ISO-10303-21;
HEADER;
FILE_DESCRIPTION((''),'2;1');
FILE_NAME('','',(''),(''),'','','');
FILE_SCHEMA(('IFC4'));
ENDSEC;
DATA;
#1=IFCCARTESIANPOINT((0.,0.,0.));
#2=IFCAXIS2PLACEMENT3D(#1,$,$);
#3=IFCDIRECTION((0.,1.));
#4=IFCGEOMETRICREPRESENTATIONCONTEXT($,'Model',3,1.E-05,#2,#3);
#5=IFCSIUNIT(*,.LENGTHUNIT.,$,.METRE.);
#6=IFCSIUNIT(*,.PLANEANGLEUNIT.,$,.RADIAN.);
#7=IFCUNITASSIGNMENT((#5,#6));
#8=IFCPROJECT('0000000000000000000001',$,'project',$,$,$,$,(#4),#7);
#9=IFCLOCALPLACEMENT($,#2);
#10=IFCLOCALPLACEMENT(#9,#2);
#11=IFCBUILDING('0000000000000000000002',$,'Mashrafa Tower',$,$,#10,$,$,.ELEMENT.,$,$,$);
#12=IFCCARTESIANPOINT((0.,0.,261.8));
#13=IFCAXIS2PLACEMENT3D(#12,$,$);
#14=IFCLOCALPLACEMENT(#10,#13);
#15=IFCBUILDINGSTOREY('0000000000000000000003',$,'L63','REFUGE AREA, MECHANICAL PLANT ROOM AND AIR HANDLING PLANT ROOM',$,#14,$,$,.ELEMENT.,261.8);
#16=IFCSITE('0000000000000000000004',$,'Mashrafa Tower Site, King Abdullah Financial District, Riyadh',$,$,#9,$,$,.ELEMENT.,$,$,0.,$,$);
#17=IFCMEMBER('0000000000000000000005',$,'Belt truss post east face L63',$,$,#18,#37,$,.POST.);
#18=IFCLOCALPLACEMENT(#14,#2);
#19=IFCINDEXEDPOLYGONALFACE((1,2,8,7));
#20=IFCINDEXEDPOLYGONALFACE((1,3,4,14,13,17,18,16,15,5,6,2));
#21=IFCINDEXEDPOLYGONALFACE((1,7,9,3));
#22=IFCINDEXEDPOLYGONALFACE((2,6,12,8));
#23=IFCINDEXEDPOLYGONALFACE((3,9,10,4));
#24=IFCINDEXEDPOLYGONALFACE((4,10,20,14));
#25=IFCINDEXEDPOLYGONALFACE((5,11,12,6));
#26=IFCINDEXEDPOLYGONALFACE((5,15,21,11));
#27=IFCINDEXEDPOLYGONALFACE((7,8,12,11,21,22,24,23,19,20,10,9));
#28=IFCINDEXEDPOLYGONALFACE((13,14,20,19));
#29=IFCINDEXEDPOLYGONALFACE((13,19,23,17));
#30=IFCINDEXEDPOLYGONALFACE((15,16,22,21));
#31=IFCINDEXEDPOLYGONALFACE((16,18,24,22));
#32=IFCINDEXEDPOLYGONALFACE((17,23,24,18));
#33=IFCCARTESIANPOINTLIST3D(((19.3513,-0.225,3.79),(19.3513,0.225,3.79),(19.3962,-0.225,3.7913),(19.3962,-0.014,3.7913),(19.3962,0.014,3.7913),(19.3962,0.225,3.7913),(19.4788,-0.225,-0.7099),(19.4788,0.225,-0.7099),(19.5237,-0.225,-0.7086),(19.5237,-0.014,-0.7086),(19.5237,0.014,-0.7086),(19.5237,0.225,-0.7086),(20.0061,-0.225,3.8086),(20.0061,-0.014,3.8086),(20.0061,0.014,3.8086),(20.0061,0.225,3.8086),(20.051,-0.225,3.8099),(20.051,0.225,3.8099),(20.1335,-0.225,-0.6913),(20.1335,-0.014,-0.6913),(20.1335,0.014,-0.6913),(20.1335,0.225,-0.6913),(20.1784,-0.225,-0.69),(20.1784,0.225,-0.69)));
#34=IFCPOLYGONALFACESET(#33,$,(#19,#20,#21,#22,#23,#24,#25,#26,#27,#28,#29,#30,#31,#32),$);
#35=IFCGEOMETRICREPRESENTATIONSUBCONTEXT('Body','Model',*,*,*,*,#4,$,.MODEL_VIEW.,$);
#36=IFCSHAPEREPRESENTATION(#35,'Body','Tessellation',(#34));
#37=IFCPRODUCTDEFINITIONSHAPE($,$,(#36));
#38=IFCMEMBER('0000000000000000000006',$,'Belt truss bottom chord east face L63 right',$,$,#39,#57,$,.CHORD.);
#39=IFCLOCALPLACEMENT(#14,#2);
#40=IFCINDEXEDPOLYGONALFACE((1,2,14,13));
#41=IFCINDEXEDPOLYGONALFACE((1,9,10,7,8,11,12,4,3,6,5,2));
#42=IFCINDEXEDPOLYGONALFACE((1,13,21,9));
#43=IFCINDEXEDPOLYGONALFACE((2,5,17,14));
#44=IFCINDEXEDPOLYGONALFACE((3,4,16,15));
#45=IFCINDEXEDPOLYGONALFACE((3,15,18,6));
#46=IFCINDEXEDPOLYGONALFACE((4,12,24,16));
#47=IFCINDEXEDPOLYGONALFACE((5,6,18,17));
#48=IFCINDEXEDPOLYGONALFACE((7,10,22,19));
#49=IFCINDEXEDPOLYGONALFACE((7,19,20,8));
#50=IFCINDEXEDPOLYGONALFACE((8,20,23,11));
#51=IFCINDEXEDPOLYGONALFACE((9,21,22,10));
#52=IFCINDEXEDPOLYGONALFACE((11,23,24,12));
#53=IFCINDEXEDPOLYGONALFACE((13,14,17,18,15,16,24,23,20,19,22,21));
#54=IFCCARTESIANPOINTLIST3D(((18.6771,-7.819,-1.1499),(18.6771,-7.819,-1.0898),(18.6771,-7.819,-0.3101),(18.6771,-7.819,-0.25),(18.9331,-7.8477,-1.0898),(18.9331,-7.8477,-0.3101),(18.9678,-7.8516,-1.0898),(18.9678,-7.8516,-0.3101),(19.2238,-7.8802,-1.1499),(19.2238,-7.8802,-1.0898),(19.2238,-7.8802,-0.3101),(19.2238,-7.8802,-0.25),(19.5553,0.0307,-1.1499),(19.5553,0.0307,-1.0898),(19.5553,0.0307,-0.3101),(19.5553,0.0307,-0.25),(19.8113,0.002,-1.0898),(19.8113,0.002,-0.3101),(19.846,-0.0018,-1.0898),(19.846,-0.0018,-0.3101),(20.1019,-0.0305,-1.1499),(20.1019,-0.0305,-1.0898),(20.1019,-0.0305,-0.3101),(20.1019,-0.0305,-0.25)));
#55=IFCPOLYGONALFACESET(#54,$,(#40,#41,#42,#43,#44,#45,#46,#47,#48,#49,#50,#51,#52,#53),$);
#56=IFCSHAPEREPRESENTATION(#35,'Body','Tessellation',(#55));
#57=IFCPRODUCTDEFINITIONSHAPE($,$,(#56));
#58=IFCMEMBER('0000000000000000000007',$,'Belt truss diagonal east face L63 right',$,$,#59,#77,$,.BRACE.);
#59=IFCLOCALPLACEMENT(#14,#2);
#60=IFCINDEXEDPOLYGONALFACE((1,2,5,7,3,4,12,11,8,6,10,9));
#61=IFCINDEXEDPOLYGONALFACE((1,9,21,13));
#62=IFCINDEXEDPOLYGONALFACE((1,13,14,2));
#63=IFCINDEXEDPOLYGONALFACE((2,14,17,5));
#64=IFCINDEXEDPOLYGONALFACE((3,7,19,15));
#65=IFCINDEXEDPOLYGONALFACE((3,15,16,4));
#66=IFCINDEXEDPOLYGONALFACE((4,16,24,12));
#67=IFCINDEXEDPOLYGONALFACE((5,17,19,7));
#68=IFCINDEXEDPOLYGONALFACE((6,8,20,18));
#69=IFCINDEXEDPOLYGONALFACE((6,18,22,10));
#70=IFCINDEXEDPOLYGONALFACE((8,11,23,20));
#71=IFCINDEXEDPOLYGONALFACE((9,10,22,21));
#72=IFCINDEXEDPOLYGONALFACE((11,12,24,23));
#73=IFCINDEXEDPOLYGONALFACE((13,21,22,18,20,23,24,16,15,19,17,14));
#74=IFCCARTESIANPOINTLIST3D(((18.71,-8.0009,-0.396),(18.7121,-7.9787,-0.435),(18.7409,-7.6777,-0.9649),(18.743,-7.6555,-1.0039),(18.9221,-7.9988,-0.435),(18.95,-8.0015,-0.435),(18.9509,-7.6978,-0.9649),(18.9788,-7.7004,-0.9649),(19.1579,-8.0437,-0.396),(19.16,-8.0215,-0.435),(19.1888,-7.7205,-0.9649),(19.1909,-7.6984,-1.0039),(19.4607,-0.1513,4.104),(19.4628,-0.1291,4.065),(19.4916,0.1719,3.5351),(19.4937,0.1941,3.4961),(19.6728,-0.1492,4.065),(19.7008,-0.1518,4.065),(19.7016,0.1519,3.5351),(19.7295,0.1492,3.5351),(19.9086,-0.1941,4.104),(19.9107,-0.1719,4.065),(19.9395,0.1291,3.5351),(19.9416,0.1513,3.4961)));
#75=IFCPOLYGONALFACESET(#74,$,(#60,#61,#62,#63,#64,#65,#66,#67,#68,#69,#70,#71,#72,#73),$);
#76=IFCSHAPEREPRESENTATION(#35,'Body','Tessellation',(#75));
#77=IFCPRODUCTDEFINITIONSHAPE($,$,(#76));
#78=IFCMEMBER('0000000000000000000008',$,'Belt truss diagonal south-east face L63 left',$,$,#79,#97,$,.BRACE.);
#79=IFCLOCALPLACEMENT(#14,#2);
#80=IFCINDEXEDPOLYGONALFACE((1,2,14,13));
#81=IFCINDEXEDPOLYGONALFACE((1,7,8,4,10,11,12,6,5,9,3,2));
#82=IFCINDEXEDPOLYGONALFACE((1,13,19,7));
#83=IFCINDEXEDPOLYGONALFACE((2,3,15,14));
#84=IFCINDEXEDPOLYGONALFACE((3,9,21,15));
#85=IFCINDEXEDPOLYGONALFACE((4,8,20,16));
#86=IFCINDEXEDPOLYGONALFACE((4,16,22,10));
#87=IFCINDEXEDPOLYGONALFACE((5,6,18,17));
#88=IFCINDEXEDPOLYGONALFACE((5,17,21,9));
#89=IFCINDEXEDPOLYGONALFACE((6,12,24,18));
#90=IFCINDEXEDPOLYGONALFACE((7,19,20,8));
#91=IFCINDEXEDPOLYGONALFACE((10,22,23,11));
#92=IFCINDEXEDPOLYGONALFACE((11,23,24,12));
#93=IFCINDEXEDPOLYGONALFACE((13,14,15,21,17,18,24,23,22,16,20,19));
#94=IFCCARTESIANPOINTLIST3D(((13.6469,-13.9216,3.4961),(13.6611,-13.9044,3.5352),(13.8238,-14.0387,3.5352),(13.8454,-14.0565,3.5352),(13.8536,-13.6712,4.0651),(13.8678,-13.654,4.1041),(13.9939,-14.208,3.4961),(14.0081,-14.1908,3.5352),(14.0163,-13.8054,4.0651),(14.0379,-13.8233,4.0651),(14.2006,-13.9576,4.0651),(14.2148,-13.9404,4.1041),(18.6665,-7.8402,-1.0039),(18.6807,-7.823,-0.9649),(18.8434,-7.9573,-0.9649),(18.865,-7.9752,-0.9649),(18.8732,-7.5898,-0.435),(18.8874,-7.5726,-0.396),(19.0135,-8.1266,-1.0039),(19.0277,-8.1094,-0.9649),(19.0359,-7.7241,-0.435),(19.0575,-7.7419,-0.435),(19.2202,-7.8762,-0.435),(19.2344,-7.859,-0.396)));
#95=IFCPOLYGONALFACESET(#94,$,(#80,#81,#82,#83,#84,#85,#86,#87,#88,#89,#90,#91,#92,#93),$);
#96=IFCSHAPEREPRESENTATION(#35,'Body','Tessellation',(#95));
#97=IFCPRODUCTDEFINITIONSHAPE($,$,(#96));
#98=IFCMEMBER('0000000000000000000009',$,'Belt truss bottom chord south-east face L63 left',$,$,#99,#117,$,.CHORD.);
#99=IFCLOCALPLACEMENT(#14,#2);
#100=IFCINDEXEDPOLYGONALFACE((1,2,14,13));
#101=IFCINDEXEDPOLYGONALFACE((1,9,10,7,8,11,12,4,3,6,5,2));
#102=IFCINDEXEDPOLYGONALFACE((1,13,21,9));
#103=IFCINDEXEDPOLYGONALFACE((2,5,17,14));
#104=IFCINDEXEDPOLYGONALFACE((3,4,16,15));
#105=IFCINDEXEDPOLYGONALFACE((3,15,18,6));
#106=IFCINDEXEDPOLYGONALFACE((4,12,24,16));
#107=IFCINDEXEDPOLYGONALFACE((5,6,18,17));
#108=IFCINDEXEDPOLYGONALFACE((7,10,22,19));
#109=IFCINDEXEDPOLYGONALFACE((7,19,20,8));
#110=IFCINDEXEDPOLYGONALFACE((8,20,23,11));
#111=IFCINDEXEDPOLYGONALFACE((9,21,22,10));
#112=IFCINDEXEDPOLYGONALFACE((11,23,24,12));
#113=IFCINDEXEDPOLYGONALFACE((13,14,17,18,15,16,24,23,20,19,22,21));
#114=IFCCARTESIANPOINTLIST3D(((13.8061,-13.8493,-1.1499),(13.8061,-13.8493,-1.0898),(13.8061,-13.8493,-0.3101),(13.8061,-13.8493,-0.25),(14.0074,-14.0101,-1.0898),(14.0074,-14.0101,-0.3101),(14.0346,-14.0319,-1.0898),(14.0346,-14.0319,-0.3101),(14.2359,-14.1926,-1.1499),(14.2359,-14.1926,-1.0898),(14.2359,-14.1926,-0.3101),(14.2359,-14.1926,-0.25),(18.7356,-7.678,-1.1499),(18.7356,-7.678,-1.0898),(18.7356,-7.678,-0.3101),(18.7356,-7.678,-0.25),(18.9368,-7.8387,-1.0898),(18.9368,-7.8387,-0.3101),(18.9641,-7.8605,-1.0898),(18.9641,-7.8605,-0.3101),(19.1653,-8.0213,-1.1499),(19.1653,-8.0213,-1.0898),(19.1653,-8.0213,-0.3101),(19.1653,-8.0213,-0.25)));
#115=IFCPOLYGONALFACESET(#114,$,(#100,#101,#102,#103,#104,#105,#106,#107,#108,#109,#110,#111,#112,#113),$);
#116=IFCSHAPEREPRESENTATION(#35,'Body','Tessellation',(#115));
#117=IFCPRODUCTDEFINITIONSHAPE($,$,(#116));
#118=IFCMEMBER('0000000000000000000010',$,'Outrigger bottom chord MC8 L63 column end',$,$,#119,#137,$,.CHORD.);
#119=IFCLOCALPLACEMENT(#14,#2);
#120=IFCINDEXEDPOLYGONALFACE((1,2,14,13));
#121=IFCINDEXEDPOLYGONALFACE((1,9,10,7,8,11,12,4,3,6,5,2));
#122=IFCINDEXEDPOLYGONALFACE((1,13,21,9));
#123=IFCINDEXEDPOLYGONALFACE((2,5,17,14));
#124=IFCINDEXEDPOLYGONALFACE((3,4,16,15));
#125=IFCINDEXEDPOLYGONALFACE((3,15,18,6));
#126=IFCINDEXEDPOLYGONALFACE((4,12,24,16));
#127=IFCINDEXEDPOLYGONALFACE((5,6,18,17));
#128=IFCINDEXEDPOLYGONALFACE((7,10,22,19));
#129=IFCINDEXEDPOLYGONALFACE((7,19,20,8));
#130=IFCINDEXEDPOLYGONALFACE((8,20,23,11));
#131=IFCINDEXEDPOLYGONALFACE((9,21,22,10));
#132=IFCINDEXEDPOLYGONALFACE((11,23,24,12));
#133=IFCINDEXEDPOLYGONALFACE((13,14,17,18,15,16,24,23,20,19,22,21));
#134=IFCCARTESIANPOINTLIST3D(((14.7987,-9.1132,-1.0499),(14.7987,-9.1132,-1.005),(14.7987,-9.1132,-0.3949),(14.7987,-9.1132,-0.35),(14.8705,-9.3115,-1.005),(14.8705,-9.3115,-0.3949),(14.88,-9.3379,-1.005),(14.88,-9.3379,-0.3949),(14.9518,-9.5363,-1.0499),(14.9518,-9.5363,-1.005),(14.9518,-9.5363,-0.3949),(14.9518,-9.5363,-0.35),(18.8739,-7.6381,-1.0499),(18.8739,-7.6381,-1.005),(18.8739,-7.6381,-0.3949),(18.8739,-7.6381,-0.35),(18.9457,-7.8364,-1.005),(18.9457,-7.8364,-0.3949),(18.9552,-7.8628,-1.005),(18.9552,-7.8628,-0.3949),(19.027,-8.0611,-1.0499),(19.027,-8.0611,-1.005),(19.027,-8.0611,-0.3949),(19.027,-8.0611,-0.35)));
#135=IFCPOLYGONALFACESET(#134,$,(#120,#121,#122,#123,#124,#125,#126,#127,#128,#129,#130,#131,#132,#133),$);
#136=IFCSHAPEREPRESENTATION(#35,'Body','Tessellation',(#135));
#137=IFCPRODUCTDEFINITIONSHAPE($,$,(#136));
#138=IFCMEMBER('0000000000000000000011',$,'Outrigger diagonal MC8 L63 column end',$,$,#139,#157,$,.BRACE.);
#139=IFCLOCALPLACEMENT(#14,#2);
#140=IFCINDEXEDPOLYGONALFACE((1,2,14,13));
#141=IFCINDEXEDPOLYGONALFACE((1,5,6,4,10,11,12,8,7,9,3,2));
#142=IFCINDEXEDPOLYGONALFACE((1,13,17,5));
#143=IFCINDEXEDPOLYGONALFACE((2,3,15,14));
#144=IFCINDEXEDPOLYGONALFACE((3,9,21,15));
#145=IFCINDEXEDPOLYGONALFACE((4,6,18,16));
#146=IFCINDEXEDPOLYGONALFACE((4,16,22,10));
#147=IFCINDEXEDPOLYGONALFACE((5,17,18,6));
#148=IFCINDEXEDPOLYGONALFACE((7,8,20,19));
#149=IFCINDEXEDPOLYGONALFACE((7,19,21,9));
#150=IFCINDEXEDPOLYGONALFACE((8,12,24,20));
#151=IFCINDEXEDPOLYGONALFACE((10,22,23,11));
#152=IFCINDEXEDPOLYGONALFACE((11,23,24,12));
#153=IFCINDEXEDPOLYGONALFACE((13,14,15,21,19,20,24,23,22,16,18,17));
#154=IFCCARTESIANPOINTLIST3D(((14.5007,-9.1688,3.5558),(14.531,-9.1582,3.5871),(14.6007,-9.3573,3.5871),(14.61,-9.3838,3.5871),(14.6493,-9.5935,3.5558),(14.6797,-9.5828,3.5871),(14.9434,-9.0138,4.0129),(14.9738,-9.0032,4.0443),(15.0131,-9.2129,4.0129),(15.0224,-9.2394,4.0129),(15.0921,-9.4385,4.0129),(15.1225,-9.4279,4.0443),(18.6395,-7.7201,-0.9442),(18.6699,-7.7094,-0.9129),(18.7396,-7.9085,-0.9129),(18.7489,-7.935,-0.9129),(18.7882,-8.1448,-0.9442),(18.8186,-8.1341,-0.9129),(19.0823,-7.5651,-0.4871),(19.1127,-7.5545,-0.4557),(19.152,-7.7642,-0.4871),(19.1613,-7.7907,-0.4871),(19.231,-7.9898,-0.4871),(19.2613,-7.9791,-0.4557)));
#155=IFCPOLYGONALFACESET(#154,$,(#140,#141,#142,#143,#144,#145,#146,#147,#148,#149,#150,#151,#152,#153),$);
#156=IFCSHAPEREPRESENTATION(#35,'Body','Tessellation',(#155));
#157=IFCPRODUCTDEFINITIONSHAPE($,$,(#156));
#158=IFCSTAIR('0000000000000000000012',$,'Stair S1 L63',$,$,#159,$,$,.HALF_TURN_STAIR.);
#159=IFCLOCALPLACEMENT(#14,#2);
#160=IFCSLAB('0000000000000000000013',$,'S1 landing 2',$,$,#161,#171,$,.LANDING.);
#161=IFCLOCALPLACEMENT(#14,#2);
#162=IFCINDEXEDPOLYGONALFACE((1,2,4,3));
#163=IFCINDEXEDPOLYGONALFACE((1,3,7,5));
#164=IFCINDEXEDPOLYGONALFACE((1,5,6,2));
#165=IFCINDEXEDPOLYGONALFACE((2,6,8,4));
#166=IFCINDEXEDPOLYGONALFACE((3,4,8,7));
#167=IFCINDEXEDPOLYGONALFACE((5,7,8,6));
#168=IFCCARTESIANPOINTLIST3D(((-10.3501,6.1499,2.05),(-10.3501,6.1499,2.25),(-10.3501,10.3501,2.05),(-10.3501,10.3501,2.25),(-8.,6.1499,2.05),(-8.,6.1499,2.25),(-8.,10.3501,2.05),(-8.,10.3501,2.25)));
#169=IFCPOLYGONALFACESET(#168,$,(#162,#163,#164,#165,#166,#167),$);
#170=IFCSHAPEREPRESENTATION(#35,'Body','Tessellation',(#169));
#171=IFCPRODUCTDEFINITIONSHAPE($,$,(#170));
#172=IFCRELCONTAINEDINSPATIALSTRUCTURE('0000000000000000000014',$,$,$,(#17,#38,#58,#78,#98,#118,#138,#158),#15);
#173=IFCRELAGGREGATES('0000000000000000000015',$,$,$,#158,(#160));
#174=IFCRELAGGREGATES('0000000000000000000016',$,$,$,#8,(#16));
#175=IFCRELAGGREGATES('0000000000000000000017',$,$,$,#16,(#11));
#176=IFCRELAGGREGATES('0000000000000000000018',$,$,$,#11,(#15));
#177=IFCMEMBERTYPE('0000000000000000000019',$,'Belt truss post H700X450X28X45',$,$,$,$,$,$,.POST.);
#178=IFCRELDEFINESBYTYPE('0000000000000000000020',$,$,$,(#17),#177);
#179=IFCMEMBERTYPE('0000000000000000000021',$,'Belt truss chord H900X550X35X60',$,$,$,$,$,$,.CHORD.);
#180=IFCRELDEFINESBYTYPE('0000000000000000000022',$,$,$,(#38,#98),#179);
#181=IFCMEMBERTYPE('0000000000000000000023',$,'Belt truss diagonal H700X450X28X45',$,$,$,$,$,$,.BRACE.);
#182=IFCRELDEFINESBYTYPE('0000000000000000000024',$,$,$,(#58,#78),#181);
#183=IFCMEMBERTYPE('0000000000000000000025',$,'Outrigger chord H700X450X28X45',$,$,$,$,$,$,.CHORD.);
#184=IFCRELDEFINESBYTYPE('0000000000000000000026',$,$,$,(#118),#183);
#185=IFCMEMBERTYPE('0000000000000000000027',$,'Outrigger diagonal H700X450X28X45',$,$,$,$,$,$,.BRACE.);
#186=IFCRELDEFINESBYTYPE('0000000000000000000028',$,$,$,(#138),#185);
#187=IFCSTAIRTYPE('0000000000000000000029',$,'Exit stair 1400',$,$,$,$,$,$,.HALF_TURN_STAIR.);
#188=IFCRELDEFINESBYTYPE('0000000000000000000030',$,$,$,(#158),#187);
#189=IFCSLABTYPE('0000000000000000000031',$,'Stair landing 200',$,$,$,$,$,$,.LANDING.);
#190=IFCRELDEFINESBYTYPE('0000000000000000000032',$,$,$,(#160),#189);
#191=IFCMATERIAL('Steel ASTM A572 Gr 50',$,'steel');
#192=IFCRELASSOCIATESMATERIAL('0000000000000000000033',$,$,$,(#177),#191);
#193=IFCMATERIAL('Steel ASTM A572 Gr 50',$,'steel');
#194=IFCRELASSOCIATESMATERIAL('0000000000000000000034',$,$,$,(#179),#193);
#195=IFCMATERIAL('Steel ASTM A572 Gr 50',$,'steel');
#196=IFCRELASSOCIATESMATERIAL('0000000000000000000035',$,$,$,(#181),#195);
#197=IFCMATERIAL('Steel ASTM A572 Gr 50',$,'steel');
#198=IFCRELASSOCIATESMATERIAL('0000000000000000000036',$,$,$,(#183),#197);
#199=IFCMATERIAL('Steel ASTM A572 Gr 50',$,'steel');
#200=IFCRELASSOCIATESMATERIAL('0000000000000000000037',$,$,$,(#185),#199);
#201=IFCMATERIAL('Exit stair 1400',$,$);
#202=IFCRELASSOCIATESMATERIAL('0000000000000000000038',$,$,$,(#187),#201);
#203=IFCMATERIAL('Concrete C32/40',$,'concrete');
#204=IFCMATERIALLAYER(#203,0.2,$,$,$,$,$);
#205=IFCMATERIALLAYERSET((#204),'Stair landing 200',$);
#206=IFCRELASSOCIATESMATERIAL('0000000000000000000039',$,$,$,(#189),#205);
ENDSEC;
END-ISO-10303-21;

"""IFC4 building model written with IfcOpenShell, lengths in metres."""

from ifc_helpers import new_model, si_unit, direction, frame, origin, origin_2d, place, context, subcontext, project, spatial, polyline, i_section, outline, extrude, source, transform, mapped, material, layer, layer_set, material_profile, profile_set, type_object, type_shapes, element, aggregate, save


model = new_model("IFC4")

# Units and contexts
model_context = context("Model", 3, precision=1e-05, world=origin(), true_north=direction((0.0, 1.0)))
body_context = subcontext(model_context, "Body", "Model", "MODEL_VIEW")
ifc_project = project(units=[si_unit("LENGTHUNIT", "METRE"), si_unit("PLANEANGLEUNIT", "RADIAN")], contexts=[model_context])

# Site, building, storey
site_placement = place(None, origin())
site = spatial("IfcSite", under=ifc_project, at=site_placement, Name="Mashrafa Tower Site, King Abdullah Financial District, Riyadh", CompositionType="ELEMENT", RefElevation=0.0)
building_placement = place(site_placement, origin())
building = spatial("IfcBuilding", under=site, at=building_placement, Name="Mashrafa Tower", CompositionType="ELEMENT")
storey_placement = place(building_placement, frame((0.0, 0.0, 261.8)))
storey = spatial("IfcBuildingStorey", under=building, at=storey_placement, Name="L63", Description="REFUGE AREA, MECHANICAL PLANT ROOM AND AIR HANDLING PLANT ROOM", CompositionType="ELEMENT", Elevation=261.8)

# Members
ifc_material_1 = material(Name="Steel ASTM A572 Gr 50", Category="steel")
ifc_material_profile_1 = material_profile(ifc_material_1, i_section(OverallWidth=0.45, OverallDepth=0.7, WebThickness=0.0281, FlangeThickness=0.0449, at=origin_2d()), Name="H700X450X28X45")
ifc_profile_set_1 = profile_set([ifc_material_profile_1], Name="Steel ASTM A572 Gr 50")
member_type_1 = type_object("IfcMemberType", Name="Belt truss post H700X450X28X45", PredefinedType="POST", material=ifc_profile_set_1)
shared_shape_1 = source(origin(), body_context, "Body", "SweptSolid", [
    extrude(i_section(OverallWidth=0.45, OverallDepth=0.7, WebThickness=0.0281, FlangeThickness=0.0449, at=origin_2d()), origin(), (0.0, 0.0, 1.0), 4.5017),
])
type_shapes(member_type_1, [shared_shape_1])
member_1_placement = place(storey_placement, frame((19.8286, 0.0, -0.7), z_axis=(-0.028309, 0.0, 0.999599), x_axis=(0.0, -1.0, 0.0)))
element("IfcMember", 1, at=member_1_placement, inside=storey, type_object=member_type_1, Name="Belt truss post east face L63", PredefinedType="POST", context=body_context, shape_type="MappedRepresentation", body=[
    mapped(shared_shape_1, transform((0.0, 0.0, 0.0))),
])
ifc_material_2 = material(Name="Steel ASTM A572 Gr 50", Category="steel")
ifc_material_profile_2 = material_profile(ifc_material_2, i_section(OverallWidth=0.55, OverallDepth=0.8999, WebThickness=0.0349, FlangeThickness=0.0601, at=origin_2d()), Name="H900X550X35X60")
ifc_profile_set_2 = profile_set([ifc_material_profile_2], Name="Steel ASTM A572 Gr 50")
member_type_2 = type_object("IfcMemberType", Name="Belt truss chord H900X550X35X60", PredefinedType="CHORD", material=ifc_profile_set_2)
shared_shape_2 = source(origin(), body_context, "Body", "SweptSolid", [
    extrude(i_section(OverallWidth=0.55, OverallDepth=0.8999, WebThickness=0.0349, FlangeThickness=0.0601, at=origin_2d()), origin(), (0.0, 0.0, 1.0), 7.8987),
])
member_2_placement = place(storey_placement, frame((18.9504, -7.8496, -0.7), z_axis=(0.111181, 0.9938, 0.0), x_axis=(-0.9938, 0.111181, 0.0)))
element("IfcMember", 2, at=member_2_placement, inside=storey, type_object=member_type_2, Name="Belt truss bottom chord east face L63 right", PredefinedType="CHORD", context=body_context, shape_type="MappedRepresentation", body=[
    mapped(shared_shape_2, transform((0.0, 0.0, 0.0))),
])
ifc_material_3 = material(Name="Steel ASTM A572 Gr 50", Category="steel")
ifc_material_profile_3 = material_profile(ifc_material_3, i_section(OverallWidth=0.45, OverallDepth=0.7, WebThickness=0.0281, FlangeThickness=0.0449, at=origin_2d()), Name="H700X450X28X45")
ifc_profile_set_3 = profile_set([ifc_material_profile_3], Name="Steel ASTM A572 Gr 50")
member_type_3 = type_object("IfcMemberType", Name="Belt truss diagonal H700X450X28X45", PredefinedType="BRACE", material=ifc_profile_set_3)
shared_shape_3 = source(origin(), body_context, "Body", "SweptSolid", [
    extrude(i_section(OverallWidth=0.45, OverallDepth=0.7, WebThickness=0.0281, FlangeThickness=0.0449, at=origin_2d()), origin(), (0.0, 0.0, 1.0), 9.0791),
])
type_shapes(member_type_3, [shared_shape_3])
for number, where, z_axis, x_axis, name in (
    (3, (18.9504, -7.8496, -0.7), (0.082688, 0.864581, 0.495644), (-0.995458, 0.095205, 0.0), "Belt truss diagonal east face L63 right"),
    (4, (18.9504, -7.8496, -0.7), (-0.552874, -0.669822, 0.49565), (0.77122, -0.636569, 0.0), "Belt truss diagonal south-east face L63 left"),
):
    element("IfcMember", number, at=place(storey_placement, frame(where, z_axis=z_axis, x_axis=x_axis)), inside=storey, type_object=member_type_3, Name=name, PredefinedType="BRACE", context=body_context, shape_type="MappedRepresentation", body=[
        mapped(shared_shape_3, transform((0.0, 0.0, 0.0))),
    ])
shared_shape_4 = source(origin(), body_context, "Body", "SweptSolid", [
    extrude(i_section(OverallWidth=0.55, OverallDepth=0.8999, WebThickness=0.0349, FlangeThickness=0.0601, at=origin_2d()), origin(), (0.0, 0.0, 1.0), 7.8984),
])
type_shapes(member_type_2, [shared_shape_2, shared_shape_4])
member_3_placement = place(storey_placement, frame((18.9504, -7.8496, -0.7), z_axis=(-0.624103, -0.781342, 0.0), x_axis=(0.781342, -0.624103, 0.0)))
element("IfcMember", 5, at=member_3_placement, inside=storey, type_object=member_type_2, Name="Belt truss bottom chord south-east face L63 left", PredefinedType="CHORD", context=body_context, shape_type="MappedRepresentation", body=[
    mapped(shared_shape_4, transform((0.0, 0.0, 0.0))),
])
ifc_material_4 = material(Name="Steel ASTM A572 Gr 50", Category="steel")
ifc_material_profile_4 = material_profile(ifc_material_4, i_section(OverallWidth=0.45, OverallDepth=0.7, WebThickness=0.0281, FlangeThickness=0.0449, at=origin_2d()), Name="H700X450X28X45")
ifc_profile_set_4 = profile_set([ifc_material_profile_4], Name="Steel ASTM A572 Gr 50")
member_type_4 = type_object("IfcMemberType", Name="Outrigger chord H700X450X28X45", PredefinedType="CHORD", material=ifc_profile_set_4)
shared_shape_5 = source(origin(), body_context, "Body", "SweptSolid", [
    extrude(i_section(OverallWidth=0.45, OverallDepth=0.7, WebThickness=0.0281, FlangeThickness=0.0449, at=origin_2d()), origin(), (0.0, 0.0, 1.0), 4.334),
])
type_shapes(member_type_4, [shared_shape_5])
member_4_placement = place(storey_placement, frame((14.8752, -9.3247, -0.7), z_axis=(0.940296, 0.340359, 0.0), x_axis=(-0.340359, 0.940296, 0.0)))
element("IfcMember", 6, at=member_4_placement, inside=storey, type_object=member_type_4, Name="Outrigger bottom chord MC8 L63 column end", PredefinedType="CHORD", context=body_context, shape_type="MappedRepresentation", body=[
    mapped(shared_shape_5, transform((0.0, 0.0, 0.0))),
])
ifc_material_5 = material(Name="Steel ASTM A572 Gr 50", Category="steel")
ifc_material_profile_5 = material_profile(ifc_material_5, i_section(OverallWidth=0.45, OverallDepth=0.7, WebThickness=0.0281, FlangeThickness=0.0449, at=origin_2d()), Name="H700X450X28X45")
ifc_profile_set_5 = profile_set([ifc_material_profile_5], Name="Steel ASTM A572 Gr 50")
member_type_5 = type_object("IfcMemberType", Name="Outrigger diagonal H700X450X28X45", PredefinedType="BRACE", material=ifc_profile_set_5)
shared_shape_6 = source(origin(), body_context, "Body", "SweptSolid", [
    extrude(i_section(OverallWidth=0.45, OverallDepth=0.7, WebThickness=0.0281, FlangeThickness=0.0449, at=origin_2d()), origin(), (0.0, 0.0, 1.0), 6.2832),
])
type_shapes(member_type_5, [shared_shape_6])
member_5_placement = place(storey_placement, frame((18.9504, -7.8496, -0.7), z_axis=(-0.65872, -0.23057, 0.716188), x_axis=(0.330373, -0.943851, 0.0)))
element("IfcMember", 7, at=member_5_placement, inside=storey, type_object=member_type_5, Name="Outrigger diagonal MC8 L63 column end", PredefinedType="BRACE", context=body_context, shape_type="MappedRepresentation", body=[
    mapped(shared_shape_6, transform((0.0, 0.0, 0.0))),
])

# Stair, slab
ifc_material_6 = material(Name="Exit stair 1400")
stair_type = type_object("IfcStairType", Name="Exit stair 1400", PredefinedType="HALF_TURN_STAIR", material=ifc_material_6)
stair_1_placement = place(storey_placement, origin())
stair_1 = element("IfcStair", 8, at=stair_1_placement, inside=storey, type_object=stair_type, Name="Stair S1 L63", PredefinedType="HALF_TURN_STAIR")
ifc_material_7 = material(Name="Concrete C32/40", Category="concrete")
ifc_layer_1 = layer(ifc_material_7, 0.2)
ifc_layer_set_1 = layer_set([ifc_layer_1], Name="Stair landing 200")
slab_type_1 = type_object("IfcSlabType", Name="Stair landing 200", PredefinedType="LANDING", material=ifc_layer_set_1)
slab_1_placement = place(storey_placement, frame((0.0, 0.0, 2.05)))
slab_1 = element("IfcSlab", 9, at=slab_1_placement, type_object=slab_type_1, Name="S1 landing 2", PredefinedType="LANDING", context=body_context, shape_type="SweptSolid", body=[
    extrude(outline(polyline([(-10.3501, 6.1499), (-8.0, 6.1499), (-8.0, 10.3501), (-10.3501, 10.3501), (-10.3501, 6.1499)])), origin(), (0.0, 0.0, 1.0), 0.2),
])

aggregate(stair_1, [slab_1])

save(model, "model.ifc")
